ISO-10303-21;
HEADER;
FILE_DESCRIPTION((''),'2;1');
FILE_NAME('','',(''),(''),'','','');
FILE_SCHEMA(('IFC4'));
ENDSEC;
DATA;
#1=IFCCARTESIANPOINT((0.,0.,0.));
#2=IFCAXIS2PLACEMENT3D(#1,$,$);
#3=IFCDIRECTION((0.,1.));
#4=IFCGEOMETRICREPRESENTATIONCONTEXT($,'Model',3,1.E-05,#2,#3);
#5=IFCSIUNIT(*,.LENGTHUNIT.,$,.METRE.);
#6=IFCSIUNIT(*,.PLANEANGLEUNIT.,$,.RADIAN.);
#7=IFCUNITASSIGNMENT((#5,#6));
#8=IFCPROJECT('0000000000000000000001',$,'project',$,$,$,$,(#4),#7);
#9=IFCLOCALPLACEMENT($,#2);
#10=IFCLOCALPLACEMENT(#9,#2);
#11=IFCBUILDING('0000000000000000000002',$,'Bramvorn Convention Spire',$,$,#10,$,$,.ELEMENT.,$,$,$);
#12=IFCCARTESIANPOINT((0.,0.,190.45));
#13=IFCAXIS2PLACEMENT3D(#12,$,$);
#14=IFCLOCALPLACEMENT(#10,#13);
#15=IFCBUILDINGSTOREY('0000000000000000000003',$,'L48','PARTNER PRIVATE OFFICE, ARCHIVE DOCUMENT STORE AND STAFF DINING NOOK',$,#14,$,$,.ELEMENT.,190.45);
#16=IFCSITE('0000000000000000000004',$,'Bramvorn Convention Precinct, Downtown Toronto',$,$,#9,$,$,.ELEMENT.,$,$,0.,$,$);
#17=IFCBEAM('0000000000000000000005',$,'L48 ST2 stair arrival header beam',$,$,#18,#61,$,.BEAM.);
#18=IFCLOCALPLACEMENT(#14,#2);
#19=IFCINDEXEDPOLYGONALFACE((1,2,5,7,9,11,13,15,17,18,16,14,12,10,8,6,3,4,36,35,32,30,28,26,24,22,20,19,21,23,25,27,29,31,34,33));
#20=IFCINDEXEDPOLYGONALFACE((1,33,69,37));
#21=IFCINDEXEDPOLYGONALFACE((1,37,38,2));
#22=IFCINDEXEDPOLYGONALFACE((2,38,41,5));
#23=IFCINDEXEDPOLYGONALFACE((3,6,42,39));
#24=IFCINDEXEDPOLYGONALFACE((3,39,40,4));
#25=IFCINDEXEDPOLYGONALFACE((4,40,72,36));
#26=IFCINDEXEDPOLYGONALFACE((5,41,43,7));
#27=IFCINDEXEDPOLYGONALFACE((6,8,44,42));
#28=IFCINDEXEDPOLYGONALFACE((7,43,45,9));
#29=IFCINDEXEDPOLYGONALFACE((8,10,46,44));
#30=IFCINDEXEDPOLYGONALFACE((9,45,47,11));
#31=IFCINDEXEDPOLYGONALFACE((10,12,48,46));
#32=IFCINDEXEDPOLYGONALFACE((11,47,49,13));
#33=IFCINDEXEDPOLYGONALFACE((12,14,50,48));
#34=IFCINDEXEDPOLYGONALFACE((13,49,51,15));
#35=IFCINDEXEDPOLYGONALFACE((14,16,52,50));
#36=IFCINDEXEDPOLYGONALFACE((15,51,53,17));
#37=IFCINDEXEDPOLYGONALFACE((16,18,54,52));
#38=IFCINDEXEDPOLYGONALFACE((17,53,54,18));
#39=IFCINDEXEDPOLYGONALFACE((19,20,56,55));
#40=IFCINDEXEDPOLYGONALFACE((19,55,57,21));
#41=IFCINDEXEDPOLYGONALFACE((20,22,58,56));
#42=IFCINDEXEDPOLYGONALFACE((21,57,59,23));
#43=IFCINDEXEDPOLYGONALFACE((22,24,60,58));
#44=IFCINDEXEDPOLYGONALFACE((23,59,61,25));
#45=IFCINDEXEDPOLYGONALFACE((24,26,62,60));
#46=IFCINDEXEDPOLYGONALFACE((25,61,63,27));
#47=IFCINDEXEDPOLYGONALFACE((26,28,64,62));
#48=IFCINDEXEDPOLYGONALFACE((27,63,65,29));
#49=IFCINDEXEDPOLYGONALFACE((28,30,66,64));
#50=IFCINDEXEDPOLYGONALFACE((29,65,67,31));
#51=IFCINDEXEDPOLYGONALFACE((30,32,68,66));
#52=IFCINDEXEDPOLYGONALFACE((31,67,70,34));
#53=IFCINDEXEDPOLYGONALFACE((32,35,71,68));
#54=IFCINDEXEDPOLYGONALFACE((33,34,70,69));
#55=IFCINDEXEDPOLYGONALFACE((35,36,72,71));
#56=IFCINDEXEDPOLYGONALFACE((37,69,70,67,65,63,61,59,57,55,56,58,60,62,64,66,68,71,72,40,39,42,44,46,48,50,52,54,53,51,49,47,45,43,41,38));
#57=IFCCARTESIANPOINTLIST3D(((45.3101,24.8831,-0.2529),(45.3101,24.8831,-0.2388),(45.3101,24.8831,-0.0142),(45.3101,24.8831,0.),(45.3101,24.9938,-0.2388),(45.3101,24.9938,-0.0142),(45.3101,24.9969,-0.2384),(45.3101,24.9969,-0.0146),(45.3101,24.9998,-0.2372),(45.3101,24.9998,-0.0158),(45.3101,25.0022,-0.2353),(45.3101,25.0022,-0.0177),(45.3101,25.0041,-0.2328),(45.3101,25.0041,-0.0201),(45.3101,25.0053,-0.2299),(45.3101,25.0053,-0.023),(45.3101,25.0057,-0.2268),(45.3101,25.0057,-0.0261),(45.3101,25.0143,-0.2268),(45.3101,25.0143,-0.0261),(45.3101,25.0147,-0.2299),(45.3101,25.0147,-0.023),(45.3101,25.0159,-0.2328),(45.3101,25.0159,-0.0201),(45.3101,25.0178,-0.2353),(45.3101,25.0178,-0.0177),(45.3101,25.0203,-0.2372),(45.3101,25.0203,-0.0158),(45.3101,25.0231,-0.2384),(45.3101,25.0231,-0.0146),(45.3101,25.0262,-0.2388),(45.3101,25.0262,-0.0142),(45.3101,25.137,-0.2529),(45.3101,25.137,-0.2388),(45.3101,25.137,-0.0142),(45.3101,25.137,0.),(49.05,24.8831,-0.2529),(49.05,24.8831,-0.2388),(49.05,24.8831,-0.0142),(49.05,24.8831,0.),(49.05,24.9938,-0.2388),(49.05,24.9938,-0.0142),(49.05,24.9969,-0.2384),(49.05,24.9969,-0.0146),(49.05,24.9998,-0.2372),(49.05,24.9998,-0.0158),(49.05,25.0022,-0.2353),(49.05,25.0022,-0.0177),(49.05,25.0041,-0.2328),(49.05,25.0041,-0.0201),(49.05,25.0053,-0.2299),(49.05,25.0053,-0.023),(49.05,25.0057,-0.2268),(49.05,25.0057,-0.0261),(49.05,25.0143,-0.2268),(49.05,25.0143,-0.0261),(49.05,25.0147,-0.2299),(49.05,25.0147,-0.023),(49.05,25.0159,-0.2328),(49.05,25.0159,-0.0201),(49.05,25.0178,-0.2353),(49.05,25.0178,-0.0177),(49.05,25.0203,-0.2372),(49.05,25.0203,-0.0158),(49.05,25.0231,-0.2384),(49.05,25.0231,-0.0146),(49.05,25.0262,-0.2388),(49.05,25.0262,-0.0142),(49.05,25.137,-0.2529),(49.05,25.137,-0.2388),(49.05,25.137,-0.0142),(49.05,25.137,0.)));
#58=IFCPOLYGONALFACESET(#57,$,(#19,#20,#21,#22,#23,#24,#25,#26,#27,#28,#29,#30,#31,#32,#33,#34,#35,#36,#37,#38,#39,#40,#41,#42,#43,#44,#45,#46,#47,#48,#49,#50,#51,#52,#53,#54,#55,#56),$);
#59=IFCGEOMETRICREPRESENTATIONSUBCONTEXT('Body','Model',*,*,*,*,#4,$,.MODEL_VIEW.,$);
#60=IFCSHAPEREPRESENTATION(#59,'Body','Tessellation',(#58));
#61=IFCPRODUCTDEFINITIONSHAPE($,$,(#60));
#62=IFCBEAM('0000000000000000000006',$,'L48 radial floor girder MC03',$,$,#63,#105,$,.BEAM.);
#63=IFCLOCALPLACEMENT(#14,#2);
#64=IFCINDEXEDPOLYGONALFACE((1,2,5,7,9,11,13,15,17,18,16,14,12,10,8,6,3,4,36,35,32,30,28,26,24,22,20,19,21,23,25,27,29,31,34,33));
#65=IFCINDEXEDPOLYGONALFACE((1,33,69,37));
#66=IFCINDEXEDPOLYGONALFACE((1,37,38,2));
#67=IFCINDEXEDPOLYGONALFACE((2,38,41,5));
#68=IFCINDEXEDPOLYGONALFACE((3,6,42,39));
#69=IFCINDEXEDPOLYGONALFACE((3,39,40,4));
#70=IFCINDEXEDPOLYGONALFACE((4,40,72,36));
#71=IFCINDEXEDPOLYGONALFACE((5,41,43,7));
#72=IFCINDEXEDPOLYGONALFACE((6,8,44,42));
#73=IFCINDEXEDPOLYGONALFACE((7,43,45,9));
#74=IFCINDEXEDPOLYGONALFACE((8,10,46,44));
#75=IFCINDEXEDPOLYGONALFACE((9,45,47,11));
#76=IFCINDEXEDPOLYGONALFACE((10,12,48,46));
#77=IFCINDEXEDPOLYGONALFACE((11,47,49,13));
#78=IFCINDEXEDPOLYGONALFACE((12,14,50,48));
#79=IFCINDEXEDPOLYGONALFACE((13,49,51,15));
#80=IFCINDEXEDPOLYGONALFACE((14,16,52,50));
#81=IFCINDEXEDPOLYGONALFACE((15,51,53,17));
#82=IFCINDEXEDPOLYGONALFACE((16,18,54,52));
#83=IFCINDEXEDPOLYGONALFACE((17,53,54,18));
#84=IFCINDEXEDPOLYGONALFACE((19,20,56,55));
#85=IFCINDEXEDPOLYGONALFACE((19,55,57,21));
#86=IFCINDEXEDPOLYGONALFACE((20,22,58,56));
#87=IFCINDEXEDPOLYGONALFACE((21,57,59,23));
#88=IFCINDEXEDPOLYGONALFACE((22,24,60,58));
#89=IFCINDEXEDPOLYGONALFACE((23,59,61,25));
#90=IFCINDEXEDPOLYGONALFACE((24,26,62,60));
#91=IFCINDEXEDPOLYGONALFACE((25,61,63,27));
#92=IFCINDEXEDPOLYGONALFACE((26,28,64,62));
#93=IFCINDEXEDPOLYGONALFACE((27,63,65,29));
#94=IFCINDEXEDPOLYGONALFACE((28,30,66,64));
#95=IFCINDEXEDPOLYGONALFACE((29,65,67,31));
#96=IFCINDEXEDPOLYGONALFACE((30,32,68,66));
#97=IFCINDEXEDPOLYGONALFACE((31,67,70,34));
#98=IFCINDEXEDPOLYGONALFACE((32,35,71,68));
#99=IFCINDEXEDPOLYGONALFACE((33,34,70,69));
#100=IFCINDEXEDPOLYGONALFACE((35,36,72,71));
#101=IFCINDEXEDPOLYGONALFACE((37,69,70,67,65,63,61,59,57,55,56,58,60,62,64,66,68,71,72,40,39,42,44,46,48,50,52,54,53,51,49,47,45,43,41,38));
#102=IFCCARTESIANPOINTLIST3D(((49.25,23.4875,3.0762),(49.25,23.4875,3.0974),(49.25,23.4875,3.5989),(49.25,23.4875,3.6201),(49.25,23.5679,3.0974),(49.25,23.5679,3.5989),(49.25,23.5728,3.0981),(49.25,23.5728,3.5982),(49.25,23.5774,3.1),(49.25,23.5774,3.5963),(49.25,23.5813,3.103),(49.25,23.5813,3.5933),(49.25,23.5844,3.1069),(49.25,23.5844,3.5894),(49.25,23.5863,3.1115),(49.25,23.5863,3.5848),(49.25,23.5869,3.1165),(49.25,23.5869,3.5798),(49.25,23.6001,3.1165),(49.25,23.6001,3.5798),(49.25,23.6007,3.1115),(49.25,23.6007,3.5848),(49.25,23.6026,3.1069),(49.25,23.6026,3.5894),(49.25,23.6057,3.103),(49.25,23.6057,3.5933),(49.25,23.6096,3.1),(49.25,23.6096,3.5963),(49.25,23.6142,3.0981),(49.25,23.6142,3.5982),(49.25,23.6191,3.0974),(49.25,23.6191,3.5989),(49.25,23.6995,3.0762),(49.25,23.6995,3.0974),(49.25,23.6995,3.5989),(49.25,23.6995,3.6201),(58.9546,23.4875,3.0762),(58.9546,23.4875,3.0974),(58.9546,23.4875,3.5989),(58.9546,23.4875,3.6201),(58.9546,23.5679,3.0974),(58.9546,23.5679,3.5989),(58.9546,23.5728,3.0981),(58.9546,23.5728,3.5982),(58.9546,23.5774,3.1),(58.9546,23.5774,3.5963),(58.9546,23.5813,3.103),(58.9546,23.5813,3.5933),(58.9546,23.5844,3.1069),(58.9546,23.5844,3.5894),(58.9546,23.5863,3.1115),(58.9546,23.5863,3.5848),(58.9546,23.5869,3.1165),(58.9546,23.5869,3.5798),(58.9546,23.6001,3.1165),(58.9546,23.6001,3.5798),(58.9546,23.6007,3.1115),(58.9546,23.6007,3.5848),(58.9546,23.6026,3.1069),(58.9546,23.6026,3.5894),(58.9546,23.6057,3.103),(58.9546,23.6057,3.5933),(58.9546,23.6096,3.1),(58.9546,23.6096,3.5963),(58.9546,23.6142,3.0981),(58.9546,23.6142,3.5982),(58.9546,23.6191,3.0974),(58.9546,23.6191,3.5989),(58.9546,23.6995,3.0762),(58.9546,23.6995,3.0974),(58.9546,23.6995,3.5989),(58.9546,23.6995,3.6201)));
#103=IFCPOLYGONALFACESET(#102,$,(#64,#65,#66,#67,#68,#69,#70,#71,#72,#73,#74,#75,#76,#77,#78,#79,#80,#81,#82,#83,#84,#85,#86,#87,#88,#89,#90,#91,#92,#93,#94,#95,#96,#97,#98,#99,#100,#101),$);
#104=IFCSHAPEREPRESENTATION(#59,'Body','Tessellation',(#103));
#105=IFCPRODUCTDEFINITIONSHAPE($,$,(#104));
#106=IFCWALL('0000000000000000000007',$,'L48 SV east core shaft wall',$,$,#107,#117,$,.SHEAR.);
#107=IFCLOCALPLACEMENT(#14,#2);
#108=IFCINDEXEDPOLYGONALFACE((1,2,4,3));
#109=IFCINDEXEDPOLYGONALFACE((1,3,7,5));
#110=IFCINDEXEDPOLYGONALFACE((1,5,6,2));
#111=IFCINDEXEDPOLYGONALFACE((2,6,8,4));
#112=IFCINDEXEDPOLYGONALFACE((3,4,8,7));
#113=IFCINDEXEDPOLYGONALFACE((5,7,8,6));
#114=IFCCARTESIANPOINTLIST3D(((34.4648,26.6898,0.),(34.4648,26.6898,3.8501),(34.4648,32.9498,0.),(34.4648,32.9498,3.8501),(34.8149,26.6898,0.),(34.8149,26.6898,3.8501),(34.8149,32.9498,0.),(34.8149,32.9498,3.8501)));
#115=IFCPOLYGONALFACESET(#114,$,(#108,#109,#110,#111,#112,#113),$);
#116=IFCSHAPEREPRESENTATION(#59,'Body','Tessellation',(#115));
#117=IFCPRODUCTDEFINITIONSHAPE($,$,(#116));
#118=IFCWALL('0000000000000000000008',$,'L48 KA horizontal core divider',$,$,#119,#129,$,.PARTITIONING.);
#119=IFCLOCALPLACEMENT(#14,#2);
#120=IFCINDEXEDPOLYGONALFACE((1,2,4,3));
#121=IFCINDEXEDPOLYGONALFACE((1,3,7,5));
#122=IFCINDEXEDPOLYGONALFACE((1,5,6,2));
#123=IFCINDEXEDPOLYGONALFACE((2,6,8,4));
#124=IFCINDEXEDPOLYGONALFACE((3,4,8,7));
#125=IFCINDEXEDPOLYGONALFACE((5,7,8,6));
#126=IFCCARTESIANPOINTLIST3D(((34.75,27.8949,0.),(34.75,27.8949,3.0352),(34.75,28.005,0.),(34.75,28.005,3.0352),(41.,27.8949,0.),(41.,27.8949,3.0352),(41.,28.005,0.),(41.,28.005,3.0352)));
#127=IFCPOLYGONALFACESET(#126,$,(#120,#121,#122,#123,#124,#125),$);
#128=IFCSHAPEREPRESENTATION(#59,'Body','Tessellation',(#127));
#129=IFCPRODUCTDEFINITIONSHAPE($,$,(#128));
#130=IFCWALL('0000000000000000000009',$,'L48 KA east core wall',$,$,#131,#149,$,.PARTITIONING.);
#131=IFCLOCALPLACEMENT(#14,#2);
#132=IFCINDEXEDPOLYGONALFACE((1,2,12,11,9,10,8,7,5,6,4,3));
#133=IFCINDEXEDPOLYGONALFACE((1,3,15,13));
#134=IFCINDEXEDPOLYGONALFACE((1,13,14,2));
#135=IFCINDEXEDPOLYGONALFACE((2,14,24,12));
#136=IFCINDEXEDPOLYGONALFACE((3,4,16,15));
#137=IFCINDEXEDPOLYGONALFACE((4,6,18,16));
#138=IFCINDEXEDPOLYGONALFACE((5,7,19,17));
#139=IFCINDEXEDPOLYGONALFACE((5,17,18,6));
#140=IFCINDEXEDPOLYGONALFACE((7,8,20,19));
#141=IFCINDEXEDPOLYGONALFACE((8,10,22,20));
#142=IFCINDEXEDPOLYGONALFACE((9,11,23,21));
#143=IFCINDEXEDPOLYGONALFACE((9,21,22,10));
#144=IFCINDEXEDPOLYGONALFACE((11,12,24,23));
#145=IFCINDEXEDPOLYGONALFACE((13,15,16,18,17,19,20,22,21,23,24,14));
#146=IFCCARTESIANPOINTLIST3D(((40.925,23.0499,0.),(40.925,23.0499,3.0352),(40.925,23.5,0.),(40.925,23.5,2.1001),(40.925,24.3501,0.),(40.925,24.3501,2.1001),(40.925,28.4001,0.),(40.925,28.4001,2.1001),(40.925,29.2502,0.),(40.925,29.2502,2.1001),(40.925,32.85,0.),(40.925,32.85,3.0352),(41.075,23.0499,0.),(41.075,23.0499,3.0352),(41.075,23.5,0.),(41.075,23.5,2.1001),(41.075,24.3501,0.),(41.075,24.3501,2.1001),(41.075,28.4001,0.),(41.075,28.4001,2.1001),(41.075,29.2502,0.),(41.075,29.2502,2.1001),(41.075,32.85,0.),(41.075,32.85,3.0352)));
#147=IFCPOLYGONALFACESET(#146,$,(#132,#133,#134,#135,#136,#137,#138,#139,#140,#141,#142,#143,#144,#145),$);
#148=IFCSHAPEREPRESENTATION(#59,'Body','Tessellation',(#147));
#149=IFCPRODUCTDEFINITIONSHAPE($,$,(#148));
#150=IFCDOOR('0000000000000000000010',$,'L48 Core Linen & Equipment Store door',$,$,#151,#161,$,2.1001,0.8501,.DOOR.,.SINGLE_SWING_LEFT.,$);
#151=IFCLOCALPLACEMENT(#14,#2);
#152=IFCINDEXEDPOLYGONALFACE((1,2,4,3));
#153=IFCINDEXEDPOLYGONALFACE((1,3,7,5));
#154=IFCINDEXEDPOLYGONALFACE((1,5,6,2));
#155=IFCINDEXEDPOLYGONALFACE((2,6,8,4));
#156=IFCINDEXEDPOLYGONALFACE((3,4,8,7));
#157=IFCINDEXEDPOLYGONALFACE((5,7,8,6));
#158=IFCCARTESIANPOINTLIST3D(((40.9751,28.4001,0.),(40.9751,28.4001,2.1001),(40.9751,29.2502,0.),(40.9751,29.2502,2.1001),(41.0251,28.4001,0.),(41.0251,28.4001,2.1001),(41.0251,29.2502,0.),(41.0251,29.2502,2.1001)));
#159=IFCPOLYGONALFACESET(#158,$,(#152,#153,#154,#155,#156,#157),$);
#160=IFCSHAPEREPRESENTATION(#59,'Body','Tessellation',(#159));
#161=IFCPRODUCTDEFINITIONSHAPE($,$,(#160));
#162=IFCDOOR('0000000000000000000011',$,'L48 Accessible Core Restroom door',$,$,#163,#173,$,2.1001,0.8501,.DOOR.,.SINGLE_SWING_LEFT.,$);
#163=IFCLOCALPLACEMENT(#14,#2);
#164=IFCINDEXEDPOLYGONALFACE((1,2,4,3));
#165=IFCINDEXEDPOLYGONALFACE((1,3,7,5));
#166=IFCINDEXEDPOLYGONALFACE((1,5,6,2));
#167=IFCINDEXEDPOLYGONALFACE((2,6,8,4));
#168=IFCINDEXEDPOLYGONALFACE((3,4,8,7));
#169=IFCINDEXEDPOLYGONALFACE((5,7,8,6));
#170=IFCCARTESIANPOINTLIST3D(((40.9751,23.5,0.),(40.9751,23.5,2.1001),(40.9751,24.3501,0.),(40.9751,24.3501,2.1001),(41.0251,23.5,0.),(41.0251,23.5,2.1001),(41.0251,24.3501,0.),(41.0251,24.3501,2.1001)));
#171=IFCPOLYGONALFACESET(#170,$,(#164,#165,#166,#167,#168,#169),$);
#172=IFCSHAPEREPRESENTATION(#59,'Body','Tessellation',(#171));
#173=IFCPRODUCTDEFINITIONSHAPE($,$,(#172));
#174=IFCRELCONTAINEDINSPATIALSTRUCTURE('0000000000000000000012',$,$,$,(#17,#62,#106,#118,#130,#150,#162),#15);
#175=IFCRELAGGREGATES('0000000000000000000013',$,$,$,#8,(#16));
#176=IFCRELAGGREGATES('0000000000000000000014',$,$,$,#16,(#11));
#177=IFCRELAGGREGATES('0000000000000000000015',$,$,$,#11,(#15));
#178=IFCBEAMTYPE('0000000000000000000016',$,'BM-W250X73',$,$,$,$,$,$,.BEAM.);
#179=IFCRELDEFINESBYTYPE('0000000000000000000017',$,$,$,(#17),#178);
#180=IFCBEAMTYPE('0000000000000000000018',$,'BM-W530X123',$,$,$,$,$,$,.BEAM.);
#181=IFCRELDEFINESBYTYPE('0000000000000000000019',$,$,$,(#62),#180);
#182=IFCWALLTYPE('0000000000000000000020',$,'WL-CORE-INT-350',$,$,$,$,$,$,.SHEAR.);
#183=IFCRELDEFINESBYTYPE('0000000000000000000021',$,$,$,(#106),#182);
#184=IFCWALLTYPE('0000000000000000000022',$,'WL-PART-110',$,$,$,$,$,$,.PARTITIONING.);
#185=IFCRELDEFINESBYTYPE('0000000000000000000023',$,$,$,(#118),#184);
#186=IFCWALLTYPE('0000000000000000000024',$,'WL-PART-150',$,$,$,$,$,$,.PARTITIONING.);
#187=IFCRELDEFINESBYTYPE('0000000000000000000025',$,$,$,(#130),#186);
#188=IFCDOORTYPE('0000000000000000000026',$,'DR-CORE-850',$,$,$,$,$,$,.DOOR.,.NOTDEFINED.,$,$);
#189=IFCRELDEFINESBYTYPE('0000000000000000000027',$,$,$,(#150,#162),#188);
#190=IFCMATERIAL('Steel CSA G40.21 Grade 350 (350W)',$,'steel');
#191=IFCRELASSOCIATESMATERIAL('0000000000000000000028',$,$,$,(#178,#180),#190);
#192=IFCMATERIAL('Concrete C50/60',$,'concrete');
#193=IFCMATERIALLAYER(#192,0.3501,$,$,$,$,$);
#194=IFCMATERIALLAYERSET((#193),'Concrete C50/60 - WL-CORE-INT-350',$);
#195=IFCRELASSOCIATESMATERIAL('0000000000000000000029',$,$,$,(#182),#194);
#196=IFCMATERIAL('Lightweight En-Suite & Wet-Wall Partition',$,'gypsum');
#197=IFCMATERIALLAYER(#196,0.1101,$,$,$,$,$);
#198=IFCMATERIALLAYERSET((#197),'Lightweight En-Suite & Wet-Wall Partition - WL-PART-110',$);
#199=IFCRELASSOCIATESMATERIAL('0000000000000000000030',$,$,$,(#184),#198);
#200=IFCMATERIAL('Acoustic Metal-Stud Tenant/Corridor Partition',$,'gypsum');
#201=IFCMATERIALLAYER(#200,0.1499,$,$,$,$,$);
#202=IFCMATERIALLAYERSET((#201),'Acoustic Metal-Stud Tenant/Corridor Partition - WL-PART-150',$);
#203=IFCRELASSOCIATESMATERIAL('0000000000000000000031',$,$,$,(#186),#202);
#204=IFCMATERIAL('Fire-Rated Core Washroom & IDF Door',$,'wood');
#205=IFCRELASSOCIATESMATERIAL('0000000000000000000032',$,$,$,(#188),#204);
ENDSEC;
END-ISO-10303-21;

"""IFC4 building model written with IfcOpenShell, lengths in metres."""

from ifc_helpers import new_model, si_unit, direction, frame, frame_2d, origin, origin_2d, place, context, subcontext, project, spatial, rectangle, i_section, extrude, material, layer, layer_set, material_profile, profile_set, type_object, element, fill, save


model = new_model("IFC4")

# Units and contexts
model_context = context("Model", 3, precision=1e-05, world=origin(), true_north=direction((0.0, 1.0)))
body_context = subcontext(model_context, "Body", "Model", "MODEL_VIEW")
ifc_project = project(units=[si_unit("LENGTHUNIT", "METRE"), si_unit("PLANEANGLEUNIT", "RADIAN")], contexts=[model_context])

# Site, building, storey
site_placement = place(None, origin())
site = spatial("IfcSite", under=ifc_project, at=site_placement, Name="Bramvorn Convention Precinct, Downtown Toronto", CompositionType="ELEMENT", RefElevation=0.0)
building_placement = place(site_placement, origin())
building = spatial("IfcBuilding", under=site, at=building_placement, Name="Bramvorn Convention Spire", CompositionType="ELEMENT")
storey_placement = place(building_placement, frame((0.0, 0.0, 190.45)))
storey = spatial("IfcBuildingStorey", under=building, at=storey_placement, Name="L48", Description="PARTNER PRIVATE OFFICE, ARCHIVE DOCUMENT STORE AND STAFF DINING NOOK", CompositionType="ELEMENT", Elevation=190.45)

# Beams
ifc_material_1 = material(Name="Steel CSA G40.21 Grade 350 (350W)", Category="steel")
ifc_material_profile_1 = material_profile(ifc_material_1, i_section(OverallWidth=0.2539, OverallDepth=0.2529, WebThickness=0.0085, FlangeThickness=0.0142, FilletRadius=0.012, at=origin_2d()))
ifc_profile_set_1 = profile_set([ifc_material_profile_1], Name="Steel CSA G40.21 Grade 350 (350W) - W250X73")
beam_type_1 = type_object("IfcBeamType", Name="BM-W250X73", PredefinedType="BEAM", material=ifc_profile_set_1)
beam_1_placement = place(storey_placement, frame((45.3101, 25.01, -0.1265), z_axis=(1.0, 0.0, 0.0), x_axis=(0.0, 1.0, 0.0)))
element("IfcBeam", 1, at=beam_1_placement, inside=storey, type_object=beam_type_1, Name="L48 ST2 stair arrival header beam", PredefinedType="BEAM", context=body_context, shape_type="SweptSolid", body=[
    extrude(i_section(OverallWidth=0.2539, OverallDepth=0.2529, WebThickness=0.0085, FlangeThickness=0.0142, FilletRadius=0.012, at=origin_2d()), origin(), (0.0, 0.0, 1.0), 3.74),
])
ifc_material_profile_2 = material_profile(ifc_material_1, i_section(OverallWidth=0.2119, OverallDepth=0.5439, WebThickness=0.0132, FlangeThickness=0.0212, FilletRadius=0.019, at=origin_2d()))
ifc_profile_set_2 = profile_set([ifc_material_profile_2], Name="Steel CSA G40.21 Grade 350 (350W) - W530X123")
beam_type_2 = type_object("IfcBeamType", Name="BM-W530X123", PredefinedType="BEAM", material=ifc_profile_set_2)
beam_2_placement = place(storey_placement, frame((49.25, 23.5935, 3.3481), z_axis=(1.0, 0.0, 0.0), x_axis=(0.0, 1.0, 0.0)))
element("IfcBeam", 2, at=beam_2_placement, inside=storey, type_object=beam_type_2, Name="L48 radial floor girder MC03", PredefinedType="BEAM", context=body_context, shape_type="SweptSolid", body=[
    extrude(i_section(OverallWidth=0.2119, OverallDepth=0.5439, WebThickness=0.0132, FlangeThickness=0.0212, FilletRadius=0.019, at=origin_2d()), origin(), (0.0, 0.0, 1.0), 9.7046),
])

# Walls
ifc_material_2 = material(Name="Concrete C50/60", Category="concrete")
ifc_layer_1 = layer(ifc_material_2, 0.3501)
ifc_layer_set_1 = layer_set([ifc_layer_1], Name="Concrete C50/60 - WL-CORE-INT-350")
wall_type_1 = type_object("IfcWallType", Name="WL-CORE-INT-350", PredefinedType="SHEAR", material=ifc_layer_set_1)
wall_1_placement = place(storey_placement, frame((34.6399, 26.6899, 0.0), z_axis=(0.0, 0.0, 1.0), x_axis=(0.0, 1.0, 0.0)))
element("IfcWall", 3, at=wall_1_placement, inside=storey, type_object=wall_type_1, Name="L48 SV east core shaft wall", PredefinedType="SHEAR", context=body_context, shape_type="SweptSolid", body=[
    extrude(rectangle(XDim=6.26, YDim=0.3501, at=frame_2d((3.1299, 0.0))), origin(), (0.0, 0.0, 1.0), 3.8501),
])
ifc_material_3 = material(Name="Lightweight En-Suite & Wet-Wall Partition", Category="gypsum")
ifc_layer_2 = layer(ifc_material_3, 0.1101)
ifc_layer_set_2 = layer_set([ifc_layer_2], Name="Lightweight En-Suite & Wet-Wall Partition - WL-PART-110")
wall_type_2 = type_object("IfcWallType", Name="WL-PART-110", PredefinedType="PARTITIONING", material=ifc_layer_set_2)
wall_2_placement = place(storey_placement, frame((34.75, 27.95, 0.0), z_axis=(0.0, 0.0, 1.0), x_axis=(1.0, 0.0, 0.0)))
element("IfcWall", 4, at=wall_2_placement, inside=storey, type_object=wall_type_2, Name="L48 KA horizontal core divider", PredefinedType="PARTITIONING", context=body_context, shape_type="SweptSolid", body=[
    extrude(rectangle(XDim=6.25, YDim=0.1101, at=frame_2d((3.125, 0.0))), origin(), (0.0, 0.0, 1.0), 3.0352),
])

# Wall, openings, doors
ifc_material_4 = material(Name="Acoustic Metal-Stud Tenant/Corridor Partition", Category="gypsum")
ifc_layer_3 = layer(ifc_material_4, 0.1499)
ifc_layer_set_3 = layer_set([ifc_layer_3], Name="Acoustic Metal-Stud Tenant/Corridor Partition - WL-PART-150")
wall_type_3 = type_object("IfcWallType", Name="WL-PART-150", PredefinedType="PARTITIONING", material=ifc_layer_set_3)
wall_3_placement = place(storey_placement, frame((41.0, 23.05, 0.0), z_axis=(0.0, 0.0, 1.0), x_axis=(0.0, 1.0, 0.0)))
wall_3 = element("IfcWall", 5, at=wall_3_placement, inside=storey, type_object=wall_type_3, Name="L48 KA east core wall", PredefinedType="PARTITIONING", context=body_context, shape_type="SweptSolid", body=[
    extrude(rectangle(XDim=9.8, YDim=0.1499, at=frame_2d((4.8999, 0.0))), origin(), (0.0, 0.0, 1.0), 3.0352),
])
opening_1_placement = place(wall_3_placement, frame((5.3501, 0.0, 0.0)))
opening_1 = element("IfcOpeningElement", 6, at=opening_1_placement, cuts=wall_3, PredefinedType="OPENING", context=body_context, shape_type="SweptSolid", body=[
    extrude(rectangle(XDim=0.8501, YDim=2.1001, at=frame_2d((0.425, 1.05))), frame((0.0, 0.085, 0.0), z_axis=(0.0, -1.0, 0.0), x_axis=(1.0, 0.0, 0.0)), (0.0, 0.0, 1.0), 0.1699),
])
opening_2_placement = place(wall_3_placement, frame((0.45, 0.0, 0.0)))
opening_2 = element("IfcOpeningElement", 7, at=opening_2_placement, cuts=wall_3, PredefinedType="OPENING", context=body_context, shape_type="SweptSolid", body=[
    extrude(rectangle(XDim=0.8501, YDim=2.1001, at=frame_2d((0.425, 1.05))), frame((0.0, 0.085, 0.0), z_axis=(0.0, -1.0, 0.0), x_axis=(1.0, 0.0, 0.0)), (0.0, 0.0, 1.0), 0.1699),
])
ifc_material_5 = material(Name="Fire-Rated Core Washroom & IDF Door", Category="wood")
door_type_1 = type_object("IfcDoorType", Name="DR-CORE-850", OperationType="NOTDEFINED", PredefinedType="DOOR", material=ifc_material_5)
door_1_placement = place(opening_1_placement, origin())
door_1 = element("IfcDoor", 8, at=door_1_placement, inside=storey, type_object=door_type_1, Name="L48 Core Linen & Equipment Store door", OperationType="SINGLE_SWING_LEFT", OverallHeight=2.1001, OverallWidth=0.8501, PredefinedType="DOOR", context=body_context, shape_type="SweptSolid", body=[
    extrude(rectangle(XDim=0.8501, YDim=2.1001, at=frame_2d((0.425, 1.05))), frame((0.0, 0.0249, 0.0), z_axis=(0.0, -1.0, 0.0), x_axis=(1.0, 0.0, 0.0)), (0.0, 0.0, 1.0), 0.05),
])
fill(opening_1, door_1)
door_2_placement = place(opening_2_placement, origin())
door_2 = element("IfcDoor", 9, at=door_2_placement, inside=storey, type_object=door_type_1, Name="L48 Accessible Core Restroom door", OperationType="SINGLE_SWING_LEFT", OverallHeight=2.1001, OverallWidth=0.8501, PredefinedType="DOOR", context=body_context, shape_type="SweptSolid", body=[
    extrude(rectangle(XDim=0.8501, YDim=2.1001, at=frame_2d((0.425, 1.05))), frame((0.0, 0.0249, 0.0), z_axis=(0.0, -1.0, 0.0), x_axis=(1.0, 0.0, 0.0)), (0.0, 0.0, 1.0), 0.05),
])
fill(opening_2, door_2)

save(model, "model.ifc")
